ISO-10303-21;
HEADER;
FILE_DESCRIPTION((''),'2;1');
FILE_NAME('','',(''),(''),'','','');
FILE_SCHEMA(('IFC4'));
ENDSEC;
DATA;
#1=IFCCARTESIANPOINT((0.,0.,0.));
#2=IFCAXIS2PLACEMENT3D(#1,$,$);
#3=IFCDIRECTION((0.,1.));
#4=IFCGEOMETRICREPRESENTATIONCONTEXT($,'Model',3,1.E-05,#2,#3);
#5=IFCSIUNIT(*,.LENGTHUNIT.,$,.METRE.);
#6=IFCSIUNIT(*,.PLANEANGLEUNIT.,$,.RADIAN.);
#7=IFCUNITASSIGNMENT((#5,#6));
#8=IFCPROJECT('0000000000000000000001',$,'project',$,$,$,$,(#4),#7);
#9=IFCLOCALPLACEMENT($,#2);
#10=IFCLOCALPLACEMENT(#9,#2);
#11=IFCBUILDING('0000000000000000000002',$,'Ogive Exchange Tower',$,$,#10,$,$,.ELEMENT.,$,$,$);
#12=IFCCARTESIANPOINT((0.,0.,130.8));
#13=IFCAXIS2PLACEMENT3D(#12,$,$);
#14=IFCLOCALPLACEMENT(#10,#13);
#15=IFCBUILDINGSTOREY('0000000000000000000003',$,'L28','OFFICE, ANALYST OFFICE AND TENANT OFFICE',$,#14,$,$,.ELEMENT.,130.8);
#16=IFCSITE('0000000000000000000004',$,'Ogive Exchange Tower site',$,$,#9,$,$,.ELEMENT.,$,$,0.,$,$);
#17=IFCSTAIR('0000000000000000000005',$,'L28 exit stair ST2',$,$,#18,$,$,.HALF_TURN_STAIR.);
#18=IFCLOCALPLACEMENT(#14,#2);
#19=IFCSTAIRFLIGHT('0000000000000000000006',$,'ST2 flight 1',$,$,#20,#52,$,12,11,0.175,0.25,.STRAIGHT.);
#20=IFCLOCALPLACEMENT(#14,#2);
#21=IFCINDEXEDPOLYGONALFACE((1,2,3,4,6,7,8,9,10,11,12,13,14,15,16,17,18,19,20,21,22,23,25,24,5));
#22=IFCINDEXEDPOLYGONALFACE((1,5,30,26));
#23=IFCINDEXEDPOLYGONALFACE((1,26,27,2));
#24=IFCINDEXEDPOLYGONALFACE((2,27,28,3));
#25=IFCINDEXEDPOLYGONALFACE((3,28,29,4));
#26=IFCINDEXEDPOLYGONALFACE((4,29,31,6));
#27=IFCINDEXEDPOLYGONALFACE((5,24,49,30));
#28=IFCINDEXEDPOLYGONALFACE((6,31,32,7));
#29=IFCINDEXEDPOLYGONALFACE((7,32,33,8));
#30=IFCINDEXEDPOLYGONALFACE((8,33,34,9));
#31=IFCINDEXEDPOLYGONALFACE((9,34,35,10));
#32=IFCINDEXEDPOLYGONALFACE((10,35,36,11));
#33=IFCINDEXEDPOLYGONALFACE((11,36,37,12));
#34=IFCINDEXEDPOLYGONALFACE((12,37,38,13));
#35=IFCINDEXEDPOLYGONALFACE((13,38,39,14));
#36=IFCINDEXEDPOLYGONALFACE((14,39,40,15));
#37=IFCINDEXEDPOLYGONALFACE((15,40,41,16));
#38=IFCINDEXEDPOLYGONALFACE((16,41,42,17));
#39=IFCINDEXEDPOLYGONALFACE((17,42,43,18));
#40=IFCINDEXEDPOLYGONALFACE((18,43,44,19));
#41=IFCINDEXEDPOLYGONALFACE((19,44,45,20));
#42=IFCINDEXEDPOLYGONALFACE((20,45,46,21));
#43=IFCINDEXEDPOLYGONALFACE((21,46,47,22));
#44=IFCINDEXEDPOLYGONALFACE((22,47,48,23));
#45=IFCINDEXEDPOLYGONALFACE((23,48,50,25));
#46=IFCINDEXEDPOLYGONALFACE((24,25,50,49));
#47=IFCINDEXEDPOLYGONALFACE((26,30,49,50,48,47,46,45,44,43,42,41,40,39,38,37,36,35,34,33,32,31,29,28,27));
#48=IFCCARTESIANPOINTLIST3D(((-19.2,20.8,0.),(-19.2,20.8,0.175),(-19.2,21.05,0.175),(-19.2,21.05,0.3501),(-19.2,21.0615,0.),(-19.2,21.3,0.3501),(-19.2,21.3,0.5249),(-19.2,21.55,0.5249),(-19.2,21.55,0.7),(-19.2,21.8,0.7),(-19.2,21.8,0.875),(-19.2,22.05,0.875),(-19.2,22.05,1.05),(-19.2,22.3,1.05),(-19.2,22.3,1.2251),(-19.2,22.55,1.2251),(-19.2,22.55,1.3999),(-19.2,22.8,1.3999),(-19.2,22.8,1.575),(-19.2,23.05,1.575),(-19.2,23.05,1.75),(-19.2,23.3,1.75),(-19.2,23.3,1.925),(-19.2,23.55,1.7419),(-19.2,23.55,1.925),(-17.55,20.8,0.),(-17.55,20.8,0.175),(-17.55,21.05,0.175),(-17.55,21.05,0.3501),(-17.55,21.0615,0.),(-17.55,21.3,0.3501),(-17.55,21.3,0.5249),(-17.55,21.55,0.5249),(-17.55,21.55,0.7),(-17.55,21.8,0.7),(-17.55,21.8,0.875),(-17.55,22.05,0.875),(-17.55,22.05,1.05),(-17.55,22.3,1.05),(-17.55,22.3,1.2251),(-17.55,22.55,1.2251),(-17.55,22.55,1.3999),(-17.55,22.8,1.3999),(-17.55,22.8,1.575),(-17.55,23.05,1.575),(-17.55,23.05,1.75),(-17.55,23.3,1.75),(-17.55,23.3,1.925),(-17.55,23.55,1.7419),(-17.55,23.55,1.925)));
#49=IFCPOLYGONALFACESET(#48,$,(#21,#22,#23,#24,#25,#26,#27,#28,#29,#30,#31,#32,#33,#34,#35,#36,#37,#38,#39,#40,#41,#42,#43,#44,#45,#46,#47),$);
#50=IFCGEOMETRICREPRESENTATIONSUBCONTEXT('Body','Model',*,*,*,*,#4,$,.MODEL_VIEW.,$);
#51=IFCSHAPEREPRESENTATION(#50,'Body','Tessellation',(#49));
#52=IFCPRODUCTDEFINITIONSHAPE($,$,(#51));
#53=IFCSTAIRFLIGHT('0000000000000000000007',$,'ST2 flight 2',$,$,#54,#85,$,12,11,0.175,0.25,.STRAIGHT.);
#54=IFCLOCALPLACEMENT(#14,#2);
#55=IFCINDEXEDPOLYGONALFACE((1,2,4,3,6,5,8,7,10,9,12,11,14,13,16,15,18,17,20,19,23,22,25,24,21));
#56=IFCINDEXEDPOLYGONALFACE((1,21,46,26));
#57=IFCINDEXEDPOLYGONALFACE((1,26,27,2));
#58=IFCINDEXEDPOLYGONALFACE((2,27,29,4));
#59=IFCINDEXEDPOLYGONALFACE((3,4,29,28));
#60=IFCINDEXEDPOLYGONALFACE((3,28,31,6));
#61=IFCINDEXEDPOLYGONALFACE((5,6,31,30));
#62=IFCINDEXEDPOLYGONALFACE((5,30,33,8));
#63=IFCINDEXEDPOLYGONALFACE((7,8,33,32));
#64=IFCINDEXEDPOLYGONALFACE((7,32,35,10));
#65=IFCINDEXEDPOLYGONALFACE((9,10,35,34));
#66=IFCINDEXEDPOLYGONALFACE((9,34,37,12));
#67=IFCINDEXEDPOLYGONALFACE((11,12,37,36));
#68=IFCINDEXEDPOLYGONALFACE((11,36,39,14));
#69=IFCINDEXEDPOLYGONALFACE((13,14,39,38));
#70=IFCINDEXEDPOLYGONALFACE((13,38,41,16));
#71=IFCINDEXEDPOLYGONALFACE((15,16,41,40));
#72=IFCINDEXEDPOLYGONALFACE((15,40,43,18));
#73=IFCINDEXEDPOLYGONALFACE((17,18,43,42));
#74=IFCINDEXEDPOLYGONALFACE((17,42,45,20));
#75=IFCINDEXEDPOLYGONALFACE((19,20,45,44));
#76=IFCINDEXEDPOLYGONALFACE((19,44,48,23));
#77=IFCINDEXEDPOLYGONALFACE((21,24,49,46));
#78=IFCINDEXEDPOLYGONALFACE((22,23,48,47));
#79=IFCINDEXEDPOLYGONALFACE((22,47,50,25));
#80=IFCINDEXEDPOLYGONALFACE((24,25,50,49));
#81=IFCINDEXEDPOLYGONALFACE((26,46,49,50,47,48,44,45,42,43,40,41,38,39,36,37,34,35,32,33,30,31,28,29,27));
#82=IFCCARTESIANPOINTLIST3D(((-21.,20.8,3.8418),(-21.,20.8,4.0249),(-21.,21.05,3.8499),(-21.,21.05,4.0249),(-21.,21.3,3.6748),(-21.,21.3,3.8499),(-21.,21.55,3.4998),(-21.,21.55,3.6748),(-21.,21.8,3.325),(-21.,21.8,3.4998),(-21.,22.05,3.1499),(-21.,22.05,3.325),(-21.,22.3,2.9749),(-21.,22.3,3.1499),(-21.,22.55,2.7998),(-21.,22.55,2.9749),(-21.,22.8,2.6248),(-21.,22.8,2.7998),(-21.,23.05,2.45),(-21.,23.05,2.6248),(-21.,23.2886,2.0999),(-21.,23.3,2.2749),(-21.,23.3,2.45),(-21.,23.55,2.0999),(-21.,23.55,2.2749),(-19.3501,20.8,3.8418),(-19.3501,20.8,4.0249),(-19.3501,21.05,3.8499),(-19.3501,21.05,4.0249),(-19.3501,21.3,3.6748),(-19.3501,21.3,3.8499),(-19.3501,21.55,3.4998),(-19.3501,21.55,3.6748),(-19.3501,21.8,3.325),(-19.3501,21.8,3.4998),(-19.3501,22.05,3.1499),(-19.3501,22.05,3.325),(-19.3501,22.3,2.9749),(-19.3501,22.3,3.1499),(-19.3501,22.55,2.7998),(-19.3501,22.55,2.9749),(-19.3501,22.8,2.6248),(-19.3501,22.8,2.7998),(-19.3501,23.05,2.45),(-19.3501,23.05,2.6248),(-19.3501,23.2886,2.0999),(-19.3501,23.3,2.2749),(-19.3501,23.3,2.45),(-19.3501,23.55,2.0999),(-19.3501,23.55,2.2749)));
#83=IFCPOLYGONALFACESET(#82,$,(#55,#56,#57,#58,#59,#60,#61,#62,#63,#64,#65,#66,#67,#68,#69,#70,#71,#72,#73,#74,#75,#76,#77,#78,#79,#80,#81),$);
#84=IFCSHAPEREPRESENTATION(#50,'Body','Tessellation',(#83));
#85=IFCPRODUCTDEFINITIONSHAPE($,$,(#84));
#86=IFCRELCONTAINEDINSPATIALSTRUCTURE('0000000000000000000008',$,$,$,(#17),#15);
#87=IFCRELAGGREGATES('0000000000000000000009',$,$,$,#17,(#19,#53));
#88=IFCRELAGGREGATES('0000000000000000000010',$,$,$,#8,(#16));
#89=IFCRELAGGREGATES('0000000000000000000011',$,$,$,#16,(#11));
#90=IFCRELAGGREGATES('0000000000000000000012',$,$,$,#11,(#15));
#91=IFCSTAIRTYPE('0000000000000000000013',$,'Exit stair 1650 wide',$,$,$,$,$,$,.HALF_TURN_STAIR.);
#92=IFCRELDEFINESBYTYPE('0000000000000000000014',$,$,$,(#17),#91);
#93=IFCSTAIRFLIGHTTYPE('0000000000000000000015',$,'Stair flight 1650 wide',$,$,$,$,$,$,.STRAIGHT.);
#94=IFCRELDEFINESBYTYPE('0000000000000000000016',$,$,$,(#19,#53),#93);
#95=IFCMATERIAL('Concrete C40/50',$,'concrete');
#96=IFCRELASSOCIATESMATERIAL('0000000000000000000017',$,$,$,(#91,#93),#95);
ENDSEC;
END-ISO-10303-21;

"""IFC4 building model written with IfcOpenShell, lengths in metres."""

from ifc_helpers import new_model, si_unit, direction, frame, origin, place, context, subcontext, project, spatial, polyline, outline, extrude, material, type_object, element, aggregate, save


model = new_model("IFC4")

# Units and contexts
model_context = context("Model", 3, precision=1e-05, world=origin(), true_north=direction((0.0, 1.0)))
body_context = subcontext(model_context, "Body", "Model", "MODEL_VIEW")
ifc_project = project(units=[si_unit("LENGTHUNIT", "METRE"), si_unit("PLANEANGLEUNIT", "RADIAN")], contexts=[model_context])

# Site, building, storey
site_placement = place(None, origin())
site = spatial("IfcSite", under=ifc_project, at=site_placement, Name="Ogive Exchange Tower site", CompositionType="ELEMENT", RefElevation=0.0)
building_placement = place(site_placement, origin())
building = spatial("IfcBuilding", under=site, at=building_placement, Name="Ogive Exchange Tower", CompositionType="ELEMENT")
storey_placement = place(building_placement, frame((0.0, 0.0, 130.8)))
storey = spatial("IfcBuildingStorey", under=building, at=storey_placement, Name="L28", Description="OFFICE, ANALYST OFFICE AND TENANT OFFICE", CompositionType="ELEMENT", Elevation=130.8)

# Stair, stair flights
ifc_material_1 = material(Name="Concrete C40/50", Category="concrete")
stair_type = type_object("IfcStairType", Name="Exit stair 1650 wide", PredefinedType="HALF_TURN_STAIR", material=ifc_material_1)
stair_placement = place(storey_placement, origin())
stair = element("IfcStair", 1, at=stair_placement, inside=storey, type_object=stair_type, Name="L28 exit stair ST2", PredefinedType="HALF_TURN_STAIR")
stair_flight_type = type_object("IfcStairFlightType", Name="Stair flight 1650 wide", PredefinedType="STRAIGHT", material=ifc_material_1)
stair_flight_1_placement = place(storey_placement, frame((-18.375, 20.8, 0.0), z_axis=(0.0, 0.0, 1.0), x_axis=(0.0, 1.0, 0.0)))
stair_flight_1 = element("IfcStairFlight", 2, at=stair_flight_1_placement, type_object=stair_flight_type, Name="ST2 flight 1", NumberOfRisers=12, NumberOfTreads=11, PredefinedType="STRAIGHT", RiserHeight=0.175, TreadLength=0.25, context=body_context, shape_type="SweptSolid", body=[
    extrude(outline(polyline([(0.0, 0.0), (0.0, 0.175), (0.25, 0.175), (0.25, 0.3501), (0.5, 0.3501), (0.5, 0.5249), (0.75, 0.5249), (0.75, 0.7), (1.0, 0.7), (1.0, 0.875), (1.25, 0.875), (1.25, 1.05), (1.5, 1.05), (1.5, 1.2251), (1.75, 1.2251), (1.75, 1.3999), (2.0, 1.3999), (2.0, 1.575), (2.25, 1.575), (2.25, 1.75), (2.5, 1.75), (2.5, 1.925), (2.75, 1.925), (2.75, 2.1001), (2.75, 1.7419), (0.2615, 0.0), (0.0, 0.0)])), frame((0.0, 0.825, 0.0), z_axis=(0.0, -1.0, 0.0), x_axis=(1.0, 0.0, 0.0)), (0.0, 0.0, 1.0), 1.6499),
])
stair_flight_2_placement = place(storey_placement, frame((-20.175, 23.55, 2.0999), z_axis=(0.0, 0.0, 1.0), x_axis=(0.0, -1.0, 0.0)))
stair_flight_2 = element("IfcStairFlight", 3, at=stair_flight_2_placement, type_object=stair_flight_type, Name="ST2 flight 2", NumberOfRisers=12, NumberOfTreads=11, PredefinedType="STRAIGHT", RiserHeight=0.175, TreadLength=0.25, context=body_context, shape_type="SweptSolid", body=[
    extrude(outline(polyline([(0.0, 0.0), (0.0, 0.175), (0.25, 0.175), (0.25, 0.3501), (0.5, 0.3501), (0.5, 0.5249), (0.75, 0.5249), (0.75, 0.7), (1.0, 0.7), (1.0, 0.875), (1.25, 0.875), (1.25, 1.05), (1.5, 1.05), (1.5, 1.2251), (1.75, 1.2251), (1.75, 1.3999), (2.0, 1.3999), (2.0, 1.575), (2.25, 1.575), (2.25, 1.75), (2.5, 1.75), (2.5, 1.925), (2.75, 1.925), (2.75, 2.1001), (2.75, 1.7419), (0.2615, 0.0), (0.0, 0.0)])), frame((0.0, 0.825, 0.0), z_axis=(0.0, -1.0, 0.0), x_axis=(1.0, 0.0, 0.0)), (0.0, 0.0, 1.0), 1.6499),
])
aggregate(stair, [stair_flight_1, stair_flight_2])

save(model, "model.ifc")
